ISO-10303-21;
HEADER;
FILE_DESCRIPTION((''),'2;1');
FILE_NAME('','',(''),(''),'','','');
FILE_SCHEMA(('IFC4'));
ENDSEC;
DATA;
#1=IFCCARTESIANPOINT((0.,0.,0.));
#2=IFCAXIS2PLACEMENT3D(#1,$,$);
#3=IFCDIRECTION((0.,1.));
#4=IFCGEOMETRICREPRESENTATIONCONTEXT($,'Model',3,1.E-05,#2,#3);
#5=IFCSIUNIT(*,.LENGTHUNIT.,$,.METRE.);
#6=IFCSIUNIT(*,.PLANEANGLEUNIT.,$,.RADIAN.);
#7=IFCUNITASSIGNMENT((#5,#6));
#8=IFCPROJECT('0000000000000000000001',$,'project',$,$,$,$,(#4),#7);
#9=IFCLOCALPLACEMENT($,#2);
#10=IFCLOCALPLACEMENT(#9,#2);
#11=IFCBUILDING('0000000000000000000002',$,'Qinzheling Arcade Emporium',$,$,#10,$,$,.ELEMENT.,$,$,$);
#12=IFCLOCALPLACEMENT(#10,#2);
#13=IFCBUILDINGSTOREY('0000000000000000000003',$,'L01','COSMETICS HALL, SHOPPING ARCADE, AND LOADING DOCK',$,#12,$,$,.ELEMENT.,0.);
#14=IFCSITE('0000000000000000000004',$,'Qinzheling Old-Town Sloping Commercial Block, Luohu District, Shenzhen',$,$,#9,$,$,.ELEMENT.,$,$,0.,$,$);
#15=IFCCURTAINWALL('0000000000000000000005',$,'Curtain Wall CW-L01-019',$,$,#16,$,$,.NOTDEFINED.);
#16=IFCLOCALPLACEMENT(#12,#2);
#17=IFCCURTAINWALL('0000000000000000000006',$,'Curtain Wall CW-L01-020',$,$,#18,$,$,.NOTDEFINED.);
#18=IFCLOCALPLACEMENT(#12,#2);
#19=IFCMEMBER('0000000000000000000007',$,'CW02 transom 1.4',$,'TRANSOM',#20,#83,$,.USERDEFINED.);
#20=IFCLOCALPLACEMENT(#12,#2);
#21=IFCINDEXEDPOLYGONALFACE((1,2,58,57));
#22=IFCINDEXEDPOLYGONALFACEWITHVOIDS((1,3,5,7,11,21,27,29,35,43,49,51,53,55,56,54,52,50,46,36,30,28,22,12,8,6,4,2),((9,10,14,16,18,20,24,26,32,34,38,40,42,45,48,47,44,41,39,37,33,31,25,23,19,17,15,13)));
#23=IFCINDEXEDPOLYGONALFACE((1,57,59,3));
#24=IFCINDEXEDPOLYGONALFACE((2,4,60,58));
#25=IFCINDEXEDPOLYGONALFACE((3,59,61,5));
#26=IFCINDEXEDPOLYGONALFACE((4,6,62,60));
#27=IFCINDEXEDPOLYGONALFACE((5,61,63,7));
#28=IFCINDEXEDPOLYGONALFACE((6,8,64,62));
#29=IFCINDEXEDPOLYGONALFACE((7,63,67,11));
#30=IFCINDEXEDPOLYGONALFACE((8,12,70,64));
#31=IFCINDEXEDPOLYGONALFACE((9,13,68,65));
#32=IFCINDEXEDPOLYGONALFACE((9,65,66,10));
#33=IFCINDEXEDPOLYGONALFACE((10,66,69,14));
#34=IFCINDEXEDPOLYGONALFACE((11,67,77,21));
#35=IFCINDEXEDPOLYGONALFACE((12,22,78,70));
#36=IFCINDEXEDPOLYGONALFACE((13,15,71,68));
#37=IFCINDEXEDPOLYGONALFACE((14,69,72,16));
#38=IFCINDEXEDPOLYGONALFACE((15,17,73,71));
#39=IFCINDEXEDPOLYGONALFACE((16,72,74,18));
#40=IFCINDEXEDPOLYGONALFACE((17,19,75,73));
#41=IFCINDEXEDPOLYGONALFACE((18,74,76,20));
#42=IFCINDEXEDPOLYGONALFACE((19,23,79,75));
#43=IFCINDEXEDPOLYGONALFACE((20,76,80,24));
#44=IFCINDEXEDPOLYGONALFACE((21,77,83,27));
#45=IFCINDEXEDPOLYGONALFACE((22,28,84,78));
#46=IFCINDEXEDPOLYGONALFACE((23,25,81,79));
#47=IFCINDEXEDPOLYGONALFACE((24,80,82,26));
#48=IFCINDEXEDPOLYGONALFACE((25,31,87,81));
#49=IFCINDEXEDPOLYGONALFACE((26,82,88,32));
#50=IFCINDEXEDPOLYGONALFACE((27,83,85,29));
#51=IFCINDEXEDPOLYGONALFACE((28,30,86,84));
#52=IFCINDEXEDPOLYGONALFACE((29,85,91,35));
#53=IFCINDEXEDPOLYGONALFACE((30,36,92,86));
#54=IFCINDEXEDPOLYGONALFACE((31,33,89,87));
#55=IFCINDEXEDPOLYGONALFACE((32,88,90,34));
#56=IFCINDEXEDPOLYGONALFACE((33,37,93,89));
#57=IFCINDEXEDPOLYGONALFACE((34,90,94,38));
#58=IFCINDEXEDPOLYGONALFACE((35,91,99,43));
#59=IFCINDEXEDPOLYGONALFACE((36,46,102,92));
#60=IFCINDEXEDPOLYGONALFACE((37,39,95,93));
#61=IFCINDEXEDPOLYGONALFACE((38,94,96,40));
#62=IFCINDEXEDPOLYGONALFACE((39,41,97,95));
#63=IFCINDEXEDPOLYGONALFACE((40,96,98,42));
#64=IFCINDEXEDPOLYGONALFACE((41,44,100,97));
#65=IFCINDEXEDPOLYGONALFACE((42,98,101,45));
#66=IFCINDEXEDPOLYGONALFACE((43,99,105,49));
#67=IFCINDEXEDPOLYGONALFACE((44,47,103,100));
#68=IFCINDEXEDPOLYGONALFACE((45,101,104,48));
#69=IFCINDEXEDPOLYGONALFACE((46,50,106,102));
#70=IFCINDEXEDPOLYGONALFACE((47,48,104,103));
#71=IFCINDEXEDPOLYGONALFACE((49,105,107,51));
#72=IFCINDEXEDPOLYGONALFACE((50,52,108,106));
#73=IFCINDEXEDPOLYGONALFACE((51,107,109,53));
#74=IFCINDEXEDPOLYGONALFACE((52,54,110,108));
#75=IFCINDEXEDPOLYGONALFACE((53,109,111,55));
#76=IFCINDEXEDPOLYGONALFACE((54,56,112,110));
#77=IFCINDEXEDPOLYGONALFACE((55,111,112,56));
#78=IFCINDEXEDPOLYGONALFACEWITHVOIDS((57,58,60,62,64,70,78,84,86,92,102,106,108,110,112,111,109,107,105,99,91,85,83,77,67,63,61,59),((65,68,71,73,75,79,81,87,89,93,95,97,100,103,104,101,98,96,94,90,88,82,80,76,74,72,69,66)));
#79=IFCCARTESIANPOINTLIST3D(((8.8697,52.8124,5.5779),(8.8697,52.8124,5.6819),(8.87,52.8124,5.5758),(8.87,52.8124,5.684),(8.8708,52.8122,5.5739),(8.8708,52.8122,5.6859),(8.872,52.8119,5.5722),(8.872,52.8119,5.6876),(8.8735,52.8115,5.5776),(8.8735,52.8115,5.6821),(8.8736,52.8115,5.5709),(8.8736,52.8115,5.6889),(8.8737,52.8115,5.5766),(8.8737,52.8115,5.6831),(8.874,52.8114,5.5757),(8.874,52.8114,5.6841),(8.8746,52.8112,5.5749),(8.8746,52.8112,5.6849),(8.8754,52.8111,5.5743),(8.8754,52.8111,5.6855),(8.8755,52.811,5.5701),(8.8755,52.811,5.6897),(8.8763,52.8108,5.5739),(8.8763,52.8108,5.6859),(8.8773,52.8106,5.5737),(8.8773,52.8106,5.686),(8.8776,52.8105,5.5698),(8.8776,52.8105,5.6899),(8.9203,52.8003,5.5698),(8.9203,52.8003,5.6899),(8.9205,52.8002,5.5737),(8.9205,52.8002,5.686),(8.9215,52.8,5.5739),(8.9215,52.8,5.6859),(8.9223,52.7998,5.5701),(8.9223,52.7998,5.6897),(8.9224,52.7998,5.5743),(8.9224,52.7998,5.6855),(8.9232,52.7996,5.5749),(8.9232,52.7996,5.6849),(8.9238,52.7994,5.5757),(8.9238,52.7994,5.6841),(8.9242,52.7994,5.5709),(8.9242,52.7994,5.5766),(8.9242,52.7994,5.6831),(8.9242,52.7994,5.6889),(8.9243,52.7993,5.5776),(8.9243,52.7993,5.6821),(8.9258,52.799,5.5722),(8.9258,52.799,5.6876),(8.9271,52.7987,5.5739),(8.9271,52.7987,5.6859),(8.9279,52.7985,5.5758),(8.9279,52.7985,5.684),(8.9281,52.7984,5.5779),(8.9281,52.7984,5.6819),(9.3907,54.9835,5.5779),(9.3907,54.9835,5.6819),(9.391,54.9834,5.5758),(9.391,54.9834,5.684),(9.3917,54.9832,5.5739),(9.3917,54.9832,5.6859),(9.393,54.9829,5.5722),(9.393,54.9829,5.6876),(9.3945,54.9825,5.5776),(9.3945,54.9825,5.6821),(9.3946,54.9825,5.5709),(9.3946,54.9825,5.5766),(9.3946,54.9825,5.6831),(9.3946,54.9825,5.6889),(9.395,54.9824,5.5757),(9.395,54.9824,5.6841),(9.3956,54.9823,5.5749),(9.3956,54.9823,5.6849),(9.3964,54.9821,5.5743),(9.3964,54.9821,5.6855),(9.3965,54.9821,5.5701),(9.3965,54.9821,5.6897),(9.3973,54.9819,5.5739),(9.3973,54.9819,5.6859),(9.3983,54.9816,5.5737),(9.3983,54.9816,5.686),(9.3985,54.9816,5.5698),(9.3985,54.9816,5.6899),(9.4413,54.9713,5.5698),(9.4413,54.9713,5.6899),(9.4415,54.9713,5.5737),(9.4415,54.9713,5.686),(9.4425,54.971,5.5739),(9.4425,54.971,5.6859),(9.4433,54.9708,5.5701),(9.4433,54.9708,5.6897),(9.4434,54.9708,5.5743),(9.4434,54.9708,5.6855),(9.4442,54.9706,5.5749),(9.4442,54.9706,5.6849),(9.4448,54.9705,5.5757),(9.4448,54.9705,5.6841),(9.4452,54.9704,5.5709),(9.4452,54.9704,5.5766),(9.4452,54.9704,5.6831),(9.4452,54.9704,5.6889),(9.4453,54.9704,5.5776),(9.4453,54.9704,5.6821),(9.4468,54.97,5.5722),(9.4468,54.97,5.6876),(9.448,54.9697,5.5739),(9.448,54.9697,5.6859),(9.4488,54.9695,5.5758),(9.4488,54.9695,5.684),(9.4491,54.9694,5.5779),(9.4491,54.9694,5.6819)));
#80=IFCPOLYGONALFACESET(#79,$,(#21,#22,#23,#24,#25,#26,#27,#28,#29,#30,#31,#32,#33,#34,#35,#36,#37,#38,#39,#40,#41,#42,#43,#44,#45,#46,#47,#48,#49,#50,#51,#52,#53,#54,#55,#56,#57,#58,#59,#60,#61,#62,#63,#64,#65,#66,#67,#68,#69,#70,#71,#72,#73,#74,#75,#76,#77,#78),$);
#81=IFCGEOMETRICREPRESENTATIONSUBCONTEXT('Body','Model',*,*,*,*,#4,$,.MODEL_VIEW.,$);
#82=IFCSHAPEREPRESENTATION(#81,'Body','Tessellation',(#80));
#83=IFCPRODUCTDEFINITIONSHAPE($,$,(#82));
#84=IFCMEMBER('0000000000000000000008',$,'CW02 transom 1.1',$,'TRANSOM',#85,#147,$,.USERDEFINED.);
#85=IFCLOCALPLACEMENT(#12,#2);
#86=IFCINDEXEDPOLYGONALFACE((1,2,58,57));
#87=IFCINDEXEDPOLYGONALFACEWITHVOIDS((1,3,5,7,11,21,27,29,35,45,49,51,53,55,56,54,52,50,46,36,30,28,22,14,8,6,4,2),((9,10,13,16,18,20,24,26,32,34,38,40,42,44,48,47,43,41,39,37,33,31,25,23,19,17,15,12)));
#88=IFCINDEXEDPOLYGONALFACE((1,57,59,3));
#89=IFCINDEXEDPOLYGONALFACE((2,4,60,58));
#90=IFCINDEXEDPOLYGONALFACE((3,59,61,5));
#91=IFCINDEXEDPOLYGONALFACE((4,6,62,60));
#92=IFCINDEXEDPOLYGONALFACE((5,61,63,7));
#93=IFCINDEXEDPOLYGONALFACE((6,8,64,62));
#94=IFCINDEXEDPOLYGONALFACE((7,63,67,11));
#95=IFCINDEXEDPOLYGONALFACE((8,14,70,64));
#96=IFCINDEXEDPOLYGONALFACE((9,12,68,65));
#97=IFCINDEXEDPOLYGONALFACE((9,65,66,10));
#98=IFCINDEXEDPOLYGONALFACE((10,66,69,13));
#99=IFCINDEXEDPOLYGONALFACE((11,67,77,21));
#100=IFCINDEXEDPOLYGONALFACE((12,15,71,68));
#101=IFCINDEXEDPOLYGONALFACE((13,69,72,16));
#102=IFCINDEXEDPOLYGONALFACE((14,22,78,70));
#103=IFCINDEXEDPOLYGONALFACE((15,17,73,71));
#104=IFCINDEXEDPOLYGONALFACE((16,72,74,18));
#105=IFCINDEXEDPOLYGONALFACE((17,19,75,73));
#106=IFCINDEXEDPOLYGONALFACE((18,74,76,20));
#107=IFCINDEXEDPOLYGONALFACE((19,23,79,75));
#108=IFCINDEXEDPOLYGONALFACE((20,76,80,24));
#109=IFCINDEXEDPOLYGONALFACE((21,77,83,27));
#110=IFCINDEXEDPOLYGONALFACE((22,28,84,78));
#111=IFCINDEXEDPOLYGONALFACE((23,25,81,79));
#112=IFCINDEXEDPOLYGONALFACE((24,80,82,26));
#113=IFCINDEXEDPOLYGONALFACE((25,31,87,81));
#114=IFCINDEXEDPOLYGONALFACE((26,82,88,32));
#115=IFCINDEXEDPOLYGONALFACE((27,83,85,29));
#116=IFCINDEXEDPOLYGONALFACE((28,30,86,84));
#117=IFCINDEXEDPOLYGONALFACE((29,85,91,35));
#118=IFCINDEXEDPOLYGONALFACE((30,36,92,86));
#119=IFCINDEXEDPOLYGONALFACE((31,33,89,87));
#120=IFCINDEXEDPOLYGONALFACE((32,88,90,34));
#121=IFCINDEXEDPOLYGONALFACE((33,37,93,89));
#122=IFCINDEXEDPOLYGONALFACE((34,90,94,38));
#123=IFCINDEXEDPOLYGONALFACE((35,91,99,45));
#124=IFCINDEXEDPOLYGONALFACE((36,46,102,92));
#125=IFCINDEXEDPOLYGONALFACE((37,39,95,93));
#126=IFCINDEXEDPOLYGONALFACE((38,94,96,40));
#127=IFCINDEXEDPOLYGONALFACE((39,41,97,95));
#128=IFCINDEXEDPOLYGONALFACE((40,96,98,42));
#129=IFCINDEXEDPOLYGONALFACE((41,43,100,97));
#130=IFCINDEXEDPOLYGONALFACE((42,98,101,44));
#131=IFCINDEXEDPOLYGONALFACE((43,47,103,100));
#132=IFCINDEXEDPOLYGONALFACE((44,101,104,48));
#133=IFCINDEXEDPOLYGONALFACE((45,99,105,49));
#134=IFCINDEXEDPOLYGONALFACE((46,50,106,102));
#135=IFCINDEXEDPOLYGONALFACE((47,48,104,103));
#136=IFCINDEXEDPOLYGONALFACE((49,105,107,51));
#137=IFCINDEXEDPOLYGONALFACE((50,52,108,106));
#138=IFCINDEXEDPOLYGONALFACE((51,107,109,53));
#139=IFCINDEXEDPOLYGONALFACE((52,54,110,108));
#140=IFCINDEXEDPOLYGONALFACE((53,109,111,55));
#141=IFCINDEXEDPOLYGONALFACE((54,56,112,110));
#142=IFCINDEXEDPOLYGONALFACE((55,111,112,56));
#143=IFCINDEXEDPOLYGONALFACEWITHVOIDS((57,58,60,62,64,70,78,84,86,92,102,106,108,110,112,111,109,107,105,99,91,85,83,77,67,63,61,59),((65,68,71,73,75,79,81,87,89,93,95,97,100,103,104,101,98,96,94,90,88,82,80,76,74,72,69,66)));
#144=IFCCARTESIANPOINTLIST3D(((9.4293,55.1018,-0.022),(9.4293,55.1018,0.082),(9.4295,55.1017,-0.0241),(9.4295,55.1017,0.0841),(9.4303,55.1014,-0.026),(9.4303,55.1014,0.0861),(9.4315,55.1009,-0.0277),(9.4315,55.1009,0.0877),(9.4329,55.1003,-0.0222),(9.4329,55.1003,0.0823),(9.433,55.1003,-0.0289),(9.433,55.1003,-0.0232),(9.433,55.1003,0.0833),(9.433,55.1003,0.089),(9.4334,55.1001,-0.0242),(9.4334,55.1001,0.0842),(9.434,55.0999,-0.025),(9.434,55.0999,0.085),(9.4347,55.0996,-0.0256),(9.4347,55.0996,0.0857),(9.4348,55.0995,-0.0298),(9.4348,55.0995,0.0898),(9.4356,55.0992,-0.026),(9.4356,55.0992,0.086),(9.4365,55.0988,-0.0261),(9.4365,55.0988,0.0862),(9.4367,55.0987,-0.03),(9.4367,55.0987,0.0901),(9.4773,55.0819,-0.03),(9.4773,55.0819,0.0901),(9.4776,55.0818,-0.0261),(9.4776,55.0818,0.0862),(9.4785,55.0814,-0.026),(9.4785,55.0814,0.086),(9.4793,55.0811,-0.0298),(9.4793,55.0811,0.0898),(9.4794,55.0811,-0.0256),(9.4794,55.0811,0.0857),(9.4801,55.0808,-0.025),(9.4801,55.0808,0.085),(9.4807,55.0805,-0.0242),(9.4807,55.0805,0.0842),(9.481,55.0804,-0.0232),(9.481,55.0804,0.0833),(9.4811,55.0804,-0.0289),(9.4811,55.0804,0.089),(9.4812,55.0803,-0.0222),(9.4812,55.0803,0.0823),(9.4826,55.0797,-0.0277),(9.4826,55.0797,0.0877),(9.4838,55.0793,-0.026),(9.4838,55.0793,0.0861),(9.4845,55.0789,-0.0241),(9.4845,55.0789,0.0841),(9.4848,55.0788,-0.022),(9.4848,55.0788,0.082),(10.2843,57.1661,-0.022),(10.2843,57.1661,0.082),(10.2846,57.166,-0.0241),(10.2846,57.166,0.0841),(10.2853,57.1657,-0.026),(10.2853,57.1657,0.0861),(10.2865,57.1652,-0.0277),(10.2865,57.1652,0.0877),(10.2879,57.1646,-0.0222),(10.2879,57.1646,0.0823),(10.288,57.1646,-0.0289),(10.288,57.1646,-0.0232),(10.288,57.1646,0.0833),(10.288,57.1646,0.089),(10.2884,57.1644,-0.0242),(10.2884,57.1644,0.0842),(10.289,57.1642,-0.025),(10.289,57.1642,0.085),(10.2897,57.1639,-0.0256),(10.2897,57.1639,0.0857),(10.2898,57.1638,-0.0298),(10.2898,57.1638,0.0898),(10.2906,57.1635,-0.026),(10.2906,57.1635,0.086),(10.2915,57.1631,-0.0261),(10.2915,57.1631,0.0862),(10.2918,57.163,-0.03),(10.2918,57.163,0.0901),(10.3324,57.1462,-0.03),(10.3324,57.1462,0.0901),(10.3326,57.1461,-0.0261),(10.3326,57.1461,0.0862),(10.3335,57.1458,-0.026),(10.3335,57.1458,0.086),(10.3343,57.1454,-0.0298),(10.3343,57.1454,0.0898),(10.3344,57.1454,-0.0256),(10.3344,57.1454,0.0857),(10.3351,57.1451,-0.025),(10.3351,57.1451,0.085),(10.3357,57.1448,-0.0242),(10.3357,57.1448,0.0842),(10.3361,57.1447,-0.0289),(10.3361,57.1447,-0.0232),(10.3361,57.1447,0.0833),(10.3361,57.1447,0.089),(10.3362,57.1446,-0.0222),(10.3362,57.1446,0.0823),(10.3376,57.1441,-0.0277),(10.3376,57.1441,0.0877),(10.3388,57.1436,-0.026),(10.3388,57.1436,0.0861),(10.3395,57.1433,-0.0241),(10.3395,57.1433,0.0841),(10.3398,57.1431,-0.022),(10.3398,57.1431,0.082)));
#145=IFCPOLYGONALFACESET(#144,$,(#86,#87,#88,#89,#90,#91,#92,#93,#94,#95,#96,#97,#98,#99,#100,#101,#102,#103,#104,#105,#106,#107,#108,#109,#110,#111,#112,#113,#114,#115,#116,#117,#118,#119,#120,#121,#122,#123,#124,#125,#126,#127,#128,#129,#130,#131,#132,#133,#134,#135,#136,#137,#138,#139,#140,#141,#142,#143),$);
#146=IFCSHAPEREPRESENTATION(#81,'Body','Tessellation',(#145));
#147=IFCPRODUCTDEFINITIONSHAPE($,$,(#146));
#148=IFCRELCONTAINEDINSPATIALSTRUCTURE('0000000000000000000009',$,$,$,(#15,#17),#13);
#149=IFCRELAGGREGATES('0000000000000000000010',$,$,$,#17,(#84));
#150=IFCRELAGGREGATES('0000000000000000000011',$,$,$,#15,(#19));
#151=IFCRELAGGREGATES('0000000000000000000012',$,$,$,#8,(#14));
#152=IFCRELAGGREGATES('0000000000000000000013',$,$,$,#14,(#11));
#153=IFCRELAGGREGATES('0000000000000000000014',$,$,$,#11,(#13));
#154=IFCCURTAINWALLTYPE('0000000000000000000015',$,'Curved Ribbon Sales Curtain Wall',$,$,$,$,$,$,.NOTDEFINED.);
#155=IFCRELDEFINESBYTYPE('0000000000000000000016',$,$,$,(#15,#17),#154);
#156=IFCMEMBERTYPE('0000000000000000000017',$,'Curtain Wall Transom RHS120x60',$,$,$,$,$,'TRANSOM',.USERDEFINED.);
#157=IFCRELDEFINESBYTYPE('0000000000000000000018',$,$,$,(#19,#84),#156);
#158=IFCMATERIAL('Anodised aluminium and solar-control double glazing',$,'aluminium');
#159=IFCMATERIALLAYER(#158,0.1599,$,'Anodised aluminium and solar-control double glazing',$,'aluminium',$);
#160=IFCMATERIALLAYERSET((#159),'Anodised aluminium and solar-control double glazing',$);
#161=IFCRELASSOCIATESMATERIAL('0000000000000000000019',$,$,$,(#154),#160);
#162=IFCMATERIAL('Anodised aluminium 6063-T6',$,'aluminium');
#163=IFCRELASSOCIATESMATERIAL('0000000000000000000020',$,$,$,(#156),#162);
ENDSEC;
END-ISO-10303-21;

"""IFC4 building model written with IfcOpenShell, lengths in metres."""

from ifc_helpers import new_model, si_unit, direction, frame, origin, origin_2d, place, context, subcontext, project, spatial, hollow_rectangle, extrude, material, layer, layer_set, material_profile, profile_set, type_object, element, aggregate, save


model = new_model("IFC4")

# Units and contexts
model_context = context("Model", 3, precision=1e-05, world=origin(), true_north=direction((0.0, 1.0)))
body_context = subcontext(model_context, "Body", "Model", "MODEL_VIEW")
ifc_project = project(units=[si_unit("LENGTHUNIT", "METRE"), si_unit("PLANEANGLEUNIT", "RADIAN")], contexts=[model_context])

# Site, building, storey
site_placement = place(None, origin())
site = spatial("IfcSite", under=ifc_project, at=site_placement, Name="Qinzheling Old-Town Sloping Commercial Block, Luohu District, Shenzhen", CompositionType="ELEMENT", RefElevation=0.0)
building_placement = place(site_placement, origin())
building = spatial("IfcBuilding", under=site, at=building_placement, Name="Qinzheling Arcade Emporium", CompositionType="ELEMENT")
storey_placement = place(building_placement, origin())
storey = spatial("IfcBuildingStorey", under=building, at=storey_placement, Name="L01", Description="COSMETICS HALL, SHOPPING ARCADE, AND LOADING DOCK", CompositionType="ELEMENT", Elevation=0.0)

# Curtain wall
ifc_material_1 = material(Name="Anodised aluminium and solar-control double glazing", Category="aluminium")
ifc_layer_1 = layer(ifc_material_1, 0.1599, Name="Anodised aluminium and solar-control double glazing", Category="aluminium")
ifc_layer_set_1 = layer_set([ifc_layer_1], Name="Anodised aluminium and solar-control double glazing")
curtain_wall_type = type_object("IfcCurtainWallType", Name="Curved Ribbon Sales Curtain Wall", PredefinedType="NOTDEFINED", material=ifc_layer_set_1)
curtain_wall_1_placement = place(storey_placement, origin())
curtain_wall_1 = element("IfcCurtainWall", 1, at=curtain_wall_1_placement, inside=storey, type_object=curtain_wall_type, Name="Curtain Wall CW-L01-019", PredefinedType="NOTDEFINED")
ifc_material_2 = material(Name="Anodised aluminium 6063-T6", Category="aluminium")

# Curtain wall
curtain_wall_2_placement = place(storey_placement, origin())
curtain_wall_2 = element("IfcCurtainWall", 2, at=curtain_wall_2_placement, inside=storey, type_object=curtain_wall_type, Name="Curtain Wall CW-L01-020", PredefinedType="NOTDEFINED")

# Members
ifc_material_profile_1 = material_profile(ifc_material_2, hollow_rectangle(XDim=0.0601, YDim=0.1201, WallThickness=0.0039, InnerFilletRadius=0.0039, OuterFilletRadius=0.0081, at=origin_2d()), Name="RHS 120x60x4", Category="aluminium")
ifc_profile_set_1 = profile_set([ifc_material_profile_1], Name="Anodised aluminium 6063-T6")
member_type_1 = type_object("IfcMemberType", Name="Curtain Wall Transom RHS120x60", ElementType="TRANSOM", PredefinedType="USERDEFINED", material=ifc_profile_set_1)
member_1_placement = place(storey_placement, frame((8.8989, 52.8054, 5.6299), z_axis=(0.23334, 0.972395, 0.0), x_axis=(-0.972395, 0.23334, 0.0)))
member_1 = element("IfcMember", 3, at=member_1_placement, type_object=member_type_1, Name="CW02 transom 1.4", ObjectType="TRANSOM", PredefinedType="USERDEFINED", context=body_context, shape_type="SweptSolid", body=[
    extrude(hollow_rectangle(XDim=0.0601, YDim=0.1201, WallThickness=0.0039, InnerFilletRadius=0.0039, OuterFilletRadius=0.0081, at=origin_2d()), origin(), (0.0, 0.0, 1.0), 2.2327),
])
member_2_placement = place(storey_placement, frame((9.457, 55.0903, 0.03), z_axis=(0.382667, 0.923886, 0.0), x_axis=(-0.923886, 0.382667, 0.0)))
member_2 = element("IfcMember", 4, at=member_2_placement, type_object=member_type_1, Name="CW02 transom 1.1", ObjectType="TRANSOM", PredefinedType="USERDEFINED", context=body_context, shape_type="SweptSolid", body=[
    extrude(hollow_rectangle(XDim=0.0601, YDim=0.1201, WallThickness=0.0039, InnerFilletRadius=0.0039, OuterFilletRadius=0.0081, at=origin_2d()), origin(), (0.0, 0.0, 1.0), 2.2344),
])
aggregate(curtain_wall_2, [member_2])

aggregate(curtain_wall_1, [member_1])

save(model, "model.ifc")
